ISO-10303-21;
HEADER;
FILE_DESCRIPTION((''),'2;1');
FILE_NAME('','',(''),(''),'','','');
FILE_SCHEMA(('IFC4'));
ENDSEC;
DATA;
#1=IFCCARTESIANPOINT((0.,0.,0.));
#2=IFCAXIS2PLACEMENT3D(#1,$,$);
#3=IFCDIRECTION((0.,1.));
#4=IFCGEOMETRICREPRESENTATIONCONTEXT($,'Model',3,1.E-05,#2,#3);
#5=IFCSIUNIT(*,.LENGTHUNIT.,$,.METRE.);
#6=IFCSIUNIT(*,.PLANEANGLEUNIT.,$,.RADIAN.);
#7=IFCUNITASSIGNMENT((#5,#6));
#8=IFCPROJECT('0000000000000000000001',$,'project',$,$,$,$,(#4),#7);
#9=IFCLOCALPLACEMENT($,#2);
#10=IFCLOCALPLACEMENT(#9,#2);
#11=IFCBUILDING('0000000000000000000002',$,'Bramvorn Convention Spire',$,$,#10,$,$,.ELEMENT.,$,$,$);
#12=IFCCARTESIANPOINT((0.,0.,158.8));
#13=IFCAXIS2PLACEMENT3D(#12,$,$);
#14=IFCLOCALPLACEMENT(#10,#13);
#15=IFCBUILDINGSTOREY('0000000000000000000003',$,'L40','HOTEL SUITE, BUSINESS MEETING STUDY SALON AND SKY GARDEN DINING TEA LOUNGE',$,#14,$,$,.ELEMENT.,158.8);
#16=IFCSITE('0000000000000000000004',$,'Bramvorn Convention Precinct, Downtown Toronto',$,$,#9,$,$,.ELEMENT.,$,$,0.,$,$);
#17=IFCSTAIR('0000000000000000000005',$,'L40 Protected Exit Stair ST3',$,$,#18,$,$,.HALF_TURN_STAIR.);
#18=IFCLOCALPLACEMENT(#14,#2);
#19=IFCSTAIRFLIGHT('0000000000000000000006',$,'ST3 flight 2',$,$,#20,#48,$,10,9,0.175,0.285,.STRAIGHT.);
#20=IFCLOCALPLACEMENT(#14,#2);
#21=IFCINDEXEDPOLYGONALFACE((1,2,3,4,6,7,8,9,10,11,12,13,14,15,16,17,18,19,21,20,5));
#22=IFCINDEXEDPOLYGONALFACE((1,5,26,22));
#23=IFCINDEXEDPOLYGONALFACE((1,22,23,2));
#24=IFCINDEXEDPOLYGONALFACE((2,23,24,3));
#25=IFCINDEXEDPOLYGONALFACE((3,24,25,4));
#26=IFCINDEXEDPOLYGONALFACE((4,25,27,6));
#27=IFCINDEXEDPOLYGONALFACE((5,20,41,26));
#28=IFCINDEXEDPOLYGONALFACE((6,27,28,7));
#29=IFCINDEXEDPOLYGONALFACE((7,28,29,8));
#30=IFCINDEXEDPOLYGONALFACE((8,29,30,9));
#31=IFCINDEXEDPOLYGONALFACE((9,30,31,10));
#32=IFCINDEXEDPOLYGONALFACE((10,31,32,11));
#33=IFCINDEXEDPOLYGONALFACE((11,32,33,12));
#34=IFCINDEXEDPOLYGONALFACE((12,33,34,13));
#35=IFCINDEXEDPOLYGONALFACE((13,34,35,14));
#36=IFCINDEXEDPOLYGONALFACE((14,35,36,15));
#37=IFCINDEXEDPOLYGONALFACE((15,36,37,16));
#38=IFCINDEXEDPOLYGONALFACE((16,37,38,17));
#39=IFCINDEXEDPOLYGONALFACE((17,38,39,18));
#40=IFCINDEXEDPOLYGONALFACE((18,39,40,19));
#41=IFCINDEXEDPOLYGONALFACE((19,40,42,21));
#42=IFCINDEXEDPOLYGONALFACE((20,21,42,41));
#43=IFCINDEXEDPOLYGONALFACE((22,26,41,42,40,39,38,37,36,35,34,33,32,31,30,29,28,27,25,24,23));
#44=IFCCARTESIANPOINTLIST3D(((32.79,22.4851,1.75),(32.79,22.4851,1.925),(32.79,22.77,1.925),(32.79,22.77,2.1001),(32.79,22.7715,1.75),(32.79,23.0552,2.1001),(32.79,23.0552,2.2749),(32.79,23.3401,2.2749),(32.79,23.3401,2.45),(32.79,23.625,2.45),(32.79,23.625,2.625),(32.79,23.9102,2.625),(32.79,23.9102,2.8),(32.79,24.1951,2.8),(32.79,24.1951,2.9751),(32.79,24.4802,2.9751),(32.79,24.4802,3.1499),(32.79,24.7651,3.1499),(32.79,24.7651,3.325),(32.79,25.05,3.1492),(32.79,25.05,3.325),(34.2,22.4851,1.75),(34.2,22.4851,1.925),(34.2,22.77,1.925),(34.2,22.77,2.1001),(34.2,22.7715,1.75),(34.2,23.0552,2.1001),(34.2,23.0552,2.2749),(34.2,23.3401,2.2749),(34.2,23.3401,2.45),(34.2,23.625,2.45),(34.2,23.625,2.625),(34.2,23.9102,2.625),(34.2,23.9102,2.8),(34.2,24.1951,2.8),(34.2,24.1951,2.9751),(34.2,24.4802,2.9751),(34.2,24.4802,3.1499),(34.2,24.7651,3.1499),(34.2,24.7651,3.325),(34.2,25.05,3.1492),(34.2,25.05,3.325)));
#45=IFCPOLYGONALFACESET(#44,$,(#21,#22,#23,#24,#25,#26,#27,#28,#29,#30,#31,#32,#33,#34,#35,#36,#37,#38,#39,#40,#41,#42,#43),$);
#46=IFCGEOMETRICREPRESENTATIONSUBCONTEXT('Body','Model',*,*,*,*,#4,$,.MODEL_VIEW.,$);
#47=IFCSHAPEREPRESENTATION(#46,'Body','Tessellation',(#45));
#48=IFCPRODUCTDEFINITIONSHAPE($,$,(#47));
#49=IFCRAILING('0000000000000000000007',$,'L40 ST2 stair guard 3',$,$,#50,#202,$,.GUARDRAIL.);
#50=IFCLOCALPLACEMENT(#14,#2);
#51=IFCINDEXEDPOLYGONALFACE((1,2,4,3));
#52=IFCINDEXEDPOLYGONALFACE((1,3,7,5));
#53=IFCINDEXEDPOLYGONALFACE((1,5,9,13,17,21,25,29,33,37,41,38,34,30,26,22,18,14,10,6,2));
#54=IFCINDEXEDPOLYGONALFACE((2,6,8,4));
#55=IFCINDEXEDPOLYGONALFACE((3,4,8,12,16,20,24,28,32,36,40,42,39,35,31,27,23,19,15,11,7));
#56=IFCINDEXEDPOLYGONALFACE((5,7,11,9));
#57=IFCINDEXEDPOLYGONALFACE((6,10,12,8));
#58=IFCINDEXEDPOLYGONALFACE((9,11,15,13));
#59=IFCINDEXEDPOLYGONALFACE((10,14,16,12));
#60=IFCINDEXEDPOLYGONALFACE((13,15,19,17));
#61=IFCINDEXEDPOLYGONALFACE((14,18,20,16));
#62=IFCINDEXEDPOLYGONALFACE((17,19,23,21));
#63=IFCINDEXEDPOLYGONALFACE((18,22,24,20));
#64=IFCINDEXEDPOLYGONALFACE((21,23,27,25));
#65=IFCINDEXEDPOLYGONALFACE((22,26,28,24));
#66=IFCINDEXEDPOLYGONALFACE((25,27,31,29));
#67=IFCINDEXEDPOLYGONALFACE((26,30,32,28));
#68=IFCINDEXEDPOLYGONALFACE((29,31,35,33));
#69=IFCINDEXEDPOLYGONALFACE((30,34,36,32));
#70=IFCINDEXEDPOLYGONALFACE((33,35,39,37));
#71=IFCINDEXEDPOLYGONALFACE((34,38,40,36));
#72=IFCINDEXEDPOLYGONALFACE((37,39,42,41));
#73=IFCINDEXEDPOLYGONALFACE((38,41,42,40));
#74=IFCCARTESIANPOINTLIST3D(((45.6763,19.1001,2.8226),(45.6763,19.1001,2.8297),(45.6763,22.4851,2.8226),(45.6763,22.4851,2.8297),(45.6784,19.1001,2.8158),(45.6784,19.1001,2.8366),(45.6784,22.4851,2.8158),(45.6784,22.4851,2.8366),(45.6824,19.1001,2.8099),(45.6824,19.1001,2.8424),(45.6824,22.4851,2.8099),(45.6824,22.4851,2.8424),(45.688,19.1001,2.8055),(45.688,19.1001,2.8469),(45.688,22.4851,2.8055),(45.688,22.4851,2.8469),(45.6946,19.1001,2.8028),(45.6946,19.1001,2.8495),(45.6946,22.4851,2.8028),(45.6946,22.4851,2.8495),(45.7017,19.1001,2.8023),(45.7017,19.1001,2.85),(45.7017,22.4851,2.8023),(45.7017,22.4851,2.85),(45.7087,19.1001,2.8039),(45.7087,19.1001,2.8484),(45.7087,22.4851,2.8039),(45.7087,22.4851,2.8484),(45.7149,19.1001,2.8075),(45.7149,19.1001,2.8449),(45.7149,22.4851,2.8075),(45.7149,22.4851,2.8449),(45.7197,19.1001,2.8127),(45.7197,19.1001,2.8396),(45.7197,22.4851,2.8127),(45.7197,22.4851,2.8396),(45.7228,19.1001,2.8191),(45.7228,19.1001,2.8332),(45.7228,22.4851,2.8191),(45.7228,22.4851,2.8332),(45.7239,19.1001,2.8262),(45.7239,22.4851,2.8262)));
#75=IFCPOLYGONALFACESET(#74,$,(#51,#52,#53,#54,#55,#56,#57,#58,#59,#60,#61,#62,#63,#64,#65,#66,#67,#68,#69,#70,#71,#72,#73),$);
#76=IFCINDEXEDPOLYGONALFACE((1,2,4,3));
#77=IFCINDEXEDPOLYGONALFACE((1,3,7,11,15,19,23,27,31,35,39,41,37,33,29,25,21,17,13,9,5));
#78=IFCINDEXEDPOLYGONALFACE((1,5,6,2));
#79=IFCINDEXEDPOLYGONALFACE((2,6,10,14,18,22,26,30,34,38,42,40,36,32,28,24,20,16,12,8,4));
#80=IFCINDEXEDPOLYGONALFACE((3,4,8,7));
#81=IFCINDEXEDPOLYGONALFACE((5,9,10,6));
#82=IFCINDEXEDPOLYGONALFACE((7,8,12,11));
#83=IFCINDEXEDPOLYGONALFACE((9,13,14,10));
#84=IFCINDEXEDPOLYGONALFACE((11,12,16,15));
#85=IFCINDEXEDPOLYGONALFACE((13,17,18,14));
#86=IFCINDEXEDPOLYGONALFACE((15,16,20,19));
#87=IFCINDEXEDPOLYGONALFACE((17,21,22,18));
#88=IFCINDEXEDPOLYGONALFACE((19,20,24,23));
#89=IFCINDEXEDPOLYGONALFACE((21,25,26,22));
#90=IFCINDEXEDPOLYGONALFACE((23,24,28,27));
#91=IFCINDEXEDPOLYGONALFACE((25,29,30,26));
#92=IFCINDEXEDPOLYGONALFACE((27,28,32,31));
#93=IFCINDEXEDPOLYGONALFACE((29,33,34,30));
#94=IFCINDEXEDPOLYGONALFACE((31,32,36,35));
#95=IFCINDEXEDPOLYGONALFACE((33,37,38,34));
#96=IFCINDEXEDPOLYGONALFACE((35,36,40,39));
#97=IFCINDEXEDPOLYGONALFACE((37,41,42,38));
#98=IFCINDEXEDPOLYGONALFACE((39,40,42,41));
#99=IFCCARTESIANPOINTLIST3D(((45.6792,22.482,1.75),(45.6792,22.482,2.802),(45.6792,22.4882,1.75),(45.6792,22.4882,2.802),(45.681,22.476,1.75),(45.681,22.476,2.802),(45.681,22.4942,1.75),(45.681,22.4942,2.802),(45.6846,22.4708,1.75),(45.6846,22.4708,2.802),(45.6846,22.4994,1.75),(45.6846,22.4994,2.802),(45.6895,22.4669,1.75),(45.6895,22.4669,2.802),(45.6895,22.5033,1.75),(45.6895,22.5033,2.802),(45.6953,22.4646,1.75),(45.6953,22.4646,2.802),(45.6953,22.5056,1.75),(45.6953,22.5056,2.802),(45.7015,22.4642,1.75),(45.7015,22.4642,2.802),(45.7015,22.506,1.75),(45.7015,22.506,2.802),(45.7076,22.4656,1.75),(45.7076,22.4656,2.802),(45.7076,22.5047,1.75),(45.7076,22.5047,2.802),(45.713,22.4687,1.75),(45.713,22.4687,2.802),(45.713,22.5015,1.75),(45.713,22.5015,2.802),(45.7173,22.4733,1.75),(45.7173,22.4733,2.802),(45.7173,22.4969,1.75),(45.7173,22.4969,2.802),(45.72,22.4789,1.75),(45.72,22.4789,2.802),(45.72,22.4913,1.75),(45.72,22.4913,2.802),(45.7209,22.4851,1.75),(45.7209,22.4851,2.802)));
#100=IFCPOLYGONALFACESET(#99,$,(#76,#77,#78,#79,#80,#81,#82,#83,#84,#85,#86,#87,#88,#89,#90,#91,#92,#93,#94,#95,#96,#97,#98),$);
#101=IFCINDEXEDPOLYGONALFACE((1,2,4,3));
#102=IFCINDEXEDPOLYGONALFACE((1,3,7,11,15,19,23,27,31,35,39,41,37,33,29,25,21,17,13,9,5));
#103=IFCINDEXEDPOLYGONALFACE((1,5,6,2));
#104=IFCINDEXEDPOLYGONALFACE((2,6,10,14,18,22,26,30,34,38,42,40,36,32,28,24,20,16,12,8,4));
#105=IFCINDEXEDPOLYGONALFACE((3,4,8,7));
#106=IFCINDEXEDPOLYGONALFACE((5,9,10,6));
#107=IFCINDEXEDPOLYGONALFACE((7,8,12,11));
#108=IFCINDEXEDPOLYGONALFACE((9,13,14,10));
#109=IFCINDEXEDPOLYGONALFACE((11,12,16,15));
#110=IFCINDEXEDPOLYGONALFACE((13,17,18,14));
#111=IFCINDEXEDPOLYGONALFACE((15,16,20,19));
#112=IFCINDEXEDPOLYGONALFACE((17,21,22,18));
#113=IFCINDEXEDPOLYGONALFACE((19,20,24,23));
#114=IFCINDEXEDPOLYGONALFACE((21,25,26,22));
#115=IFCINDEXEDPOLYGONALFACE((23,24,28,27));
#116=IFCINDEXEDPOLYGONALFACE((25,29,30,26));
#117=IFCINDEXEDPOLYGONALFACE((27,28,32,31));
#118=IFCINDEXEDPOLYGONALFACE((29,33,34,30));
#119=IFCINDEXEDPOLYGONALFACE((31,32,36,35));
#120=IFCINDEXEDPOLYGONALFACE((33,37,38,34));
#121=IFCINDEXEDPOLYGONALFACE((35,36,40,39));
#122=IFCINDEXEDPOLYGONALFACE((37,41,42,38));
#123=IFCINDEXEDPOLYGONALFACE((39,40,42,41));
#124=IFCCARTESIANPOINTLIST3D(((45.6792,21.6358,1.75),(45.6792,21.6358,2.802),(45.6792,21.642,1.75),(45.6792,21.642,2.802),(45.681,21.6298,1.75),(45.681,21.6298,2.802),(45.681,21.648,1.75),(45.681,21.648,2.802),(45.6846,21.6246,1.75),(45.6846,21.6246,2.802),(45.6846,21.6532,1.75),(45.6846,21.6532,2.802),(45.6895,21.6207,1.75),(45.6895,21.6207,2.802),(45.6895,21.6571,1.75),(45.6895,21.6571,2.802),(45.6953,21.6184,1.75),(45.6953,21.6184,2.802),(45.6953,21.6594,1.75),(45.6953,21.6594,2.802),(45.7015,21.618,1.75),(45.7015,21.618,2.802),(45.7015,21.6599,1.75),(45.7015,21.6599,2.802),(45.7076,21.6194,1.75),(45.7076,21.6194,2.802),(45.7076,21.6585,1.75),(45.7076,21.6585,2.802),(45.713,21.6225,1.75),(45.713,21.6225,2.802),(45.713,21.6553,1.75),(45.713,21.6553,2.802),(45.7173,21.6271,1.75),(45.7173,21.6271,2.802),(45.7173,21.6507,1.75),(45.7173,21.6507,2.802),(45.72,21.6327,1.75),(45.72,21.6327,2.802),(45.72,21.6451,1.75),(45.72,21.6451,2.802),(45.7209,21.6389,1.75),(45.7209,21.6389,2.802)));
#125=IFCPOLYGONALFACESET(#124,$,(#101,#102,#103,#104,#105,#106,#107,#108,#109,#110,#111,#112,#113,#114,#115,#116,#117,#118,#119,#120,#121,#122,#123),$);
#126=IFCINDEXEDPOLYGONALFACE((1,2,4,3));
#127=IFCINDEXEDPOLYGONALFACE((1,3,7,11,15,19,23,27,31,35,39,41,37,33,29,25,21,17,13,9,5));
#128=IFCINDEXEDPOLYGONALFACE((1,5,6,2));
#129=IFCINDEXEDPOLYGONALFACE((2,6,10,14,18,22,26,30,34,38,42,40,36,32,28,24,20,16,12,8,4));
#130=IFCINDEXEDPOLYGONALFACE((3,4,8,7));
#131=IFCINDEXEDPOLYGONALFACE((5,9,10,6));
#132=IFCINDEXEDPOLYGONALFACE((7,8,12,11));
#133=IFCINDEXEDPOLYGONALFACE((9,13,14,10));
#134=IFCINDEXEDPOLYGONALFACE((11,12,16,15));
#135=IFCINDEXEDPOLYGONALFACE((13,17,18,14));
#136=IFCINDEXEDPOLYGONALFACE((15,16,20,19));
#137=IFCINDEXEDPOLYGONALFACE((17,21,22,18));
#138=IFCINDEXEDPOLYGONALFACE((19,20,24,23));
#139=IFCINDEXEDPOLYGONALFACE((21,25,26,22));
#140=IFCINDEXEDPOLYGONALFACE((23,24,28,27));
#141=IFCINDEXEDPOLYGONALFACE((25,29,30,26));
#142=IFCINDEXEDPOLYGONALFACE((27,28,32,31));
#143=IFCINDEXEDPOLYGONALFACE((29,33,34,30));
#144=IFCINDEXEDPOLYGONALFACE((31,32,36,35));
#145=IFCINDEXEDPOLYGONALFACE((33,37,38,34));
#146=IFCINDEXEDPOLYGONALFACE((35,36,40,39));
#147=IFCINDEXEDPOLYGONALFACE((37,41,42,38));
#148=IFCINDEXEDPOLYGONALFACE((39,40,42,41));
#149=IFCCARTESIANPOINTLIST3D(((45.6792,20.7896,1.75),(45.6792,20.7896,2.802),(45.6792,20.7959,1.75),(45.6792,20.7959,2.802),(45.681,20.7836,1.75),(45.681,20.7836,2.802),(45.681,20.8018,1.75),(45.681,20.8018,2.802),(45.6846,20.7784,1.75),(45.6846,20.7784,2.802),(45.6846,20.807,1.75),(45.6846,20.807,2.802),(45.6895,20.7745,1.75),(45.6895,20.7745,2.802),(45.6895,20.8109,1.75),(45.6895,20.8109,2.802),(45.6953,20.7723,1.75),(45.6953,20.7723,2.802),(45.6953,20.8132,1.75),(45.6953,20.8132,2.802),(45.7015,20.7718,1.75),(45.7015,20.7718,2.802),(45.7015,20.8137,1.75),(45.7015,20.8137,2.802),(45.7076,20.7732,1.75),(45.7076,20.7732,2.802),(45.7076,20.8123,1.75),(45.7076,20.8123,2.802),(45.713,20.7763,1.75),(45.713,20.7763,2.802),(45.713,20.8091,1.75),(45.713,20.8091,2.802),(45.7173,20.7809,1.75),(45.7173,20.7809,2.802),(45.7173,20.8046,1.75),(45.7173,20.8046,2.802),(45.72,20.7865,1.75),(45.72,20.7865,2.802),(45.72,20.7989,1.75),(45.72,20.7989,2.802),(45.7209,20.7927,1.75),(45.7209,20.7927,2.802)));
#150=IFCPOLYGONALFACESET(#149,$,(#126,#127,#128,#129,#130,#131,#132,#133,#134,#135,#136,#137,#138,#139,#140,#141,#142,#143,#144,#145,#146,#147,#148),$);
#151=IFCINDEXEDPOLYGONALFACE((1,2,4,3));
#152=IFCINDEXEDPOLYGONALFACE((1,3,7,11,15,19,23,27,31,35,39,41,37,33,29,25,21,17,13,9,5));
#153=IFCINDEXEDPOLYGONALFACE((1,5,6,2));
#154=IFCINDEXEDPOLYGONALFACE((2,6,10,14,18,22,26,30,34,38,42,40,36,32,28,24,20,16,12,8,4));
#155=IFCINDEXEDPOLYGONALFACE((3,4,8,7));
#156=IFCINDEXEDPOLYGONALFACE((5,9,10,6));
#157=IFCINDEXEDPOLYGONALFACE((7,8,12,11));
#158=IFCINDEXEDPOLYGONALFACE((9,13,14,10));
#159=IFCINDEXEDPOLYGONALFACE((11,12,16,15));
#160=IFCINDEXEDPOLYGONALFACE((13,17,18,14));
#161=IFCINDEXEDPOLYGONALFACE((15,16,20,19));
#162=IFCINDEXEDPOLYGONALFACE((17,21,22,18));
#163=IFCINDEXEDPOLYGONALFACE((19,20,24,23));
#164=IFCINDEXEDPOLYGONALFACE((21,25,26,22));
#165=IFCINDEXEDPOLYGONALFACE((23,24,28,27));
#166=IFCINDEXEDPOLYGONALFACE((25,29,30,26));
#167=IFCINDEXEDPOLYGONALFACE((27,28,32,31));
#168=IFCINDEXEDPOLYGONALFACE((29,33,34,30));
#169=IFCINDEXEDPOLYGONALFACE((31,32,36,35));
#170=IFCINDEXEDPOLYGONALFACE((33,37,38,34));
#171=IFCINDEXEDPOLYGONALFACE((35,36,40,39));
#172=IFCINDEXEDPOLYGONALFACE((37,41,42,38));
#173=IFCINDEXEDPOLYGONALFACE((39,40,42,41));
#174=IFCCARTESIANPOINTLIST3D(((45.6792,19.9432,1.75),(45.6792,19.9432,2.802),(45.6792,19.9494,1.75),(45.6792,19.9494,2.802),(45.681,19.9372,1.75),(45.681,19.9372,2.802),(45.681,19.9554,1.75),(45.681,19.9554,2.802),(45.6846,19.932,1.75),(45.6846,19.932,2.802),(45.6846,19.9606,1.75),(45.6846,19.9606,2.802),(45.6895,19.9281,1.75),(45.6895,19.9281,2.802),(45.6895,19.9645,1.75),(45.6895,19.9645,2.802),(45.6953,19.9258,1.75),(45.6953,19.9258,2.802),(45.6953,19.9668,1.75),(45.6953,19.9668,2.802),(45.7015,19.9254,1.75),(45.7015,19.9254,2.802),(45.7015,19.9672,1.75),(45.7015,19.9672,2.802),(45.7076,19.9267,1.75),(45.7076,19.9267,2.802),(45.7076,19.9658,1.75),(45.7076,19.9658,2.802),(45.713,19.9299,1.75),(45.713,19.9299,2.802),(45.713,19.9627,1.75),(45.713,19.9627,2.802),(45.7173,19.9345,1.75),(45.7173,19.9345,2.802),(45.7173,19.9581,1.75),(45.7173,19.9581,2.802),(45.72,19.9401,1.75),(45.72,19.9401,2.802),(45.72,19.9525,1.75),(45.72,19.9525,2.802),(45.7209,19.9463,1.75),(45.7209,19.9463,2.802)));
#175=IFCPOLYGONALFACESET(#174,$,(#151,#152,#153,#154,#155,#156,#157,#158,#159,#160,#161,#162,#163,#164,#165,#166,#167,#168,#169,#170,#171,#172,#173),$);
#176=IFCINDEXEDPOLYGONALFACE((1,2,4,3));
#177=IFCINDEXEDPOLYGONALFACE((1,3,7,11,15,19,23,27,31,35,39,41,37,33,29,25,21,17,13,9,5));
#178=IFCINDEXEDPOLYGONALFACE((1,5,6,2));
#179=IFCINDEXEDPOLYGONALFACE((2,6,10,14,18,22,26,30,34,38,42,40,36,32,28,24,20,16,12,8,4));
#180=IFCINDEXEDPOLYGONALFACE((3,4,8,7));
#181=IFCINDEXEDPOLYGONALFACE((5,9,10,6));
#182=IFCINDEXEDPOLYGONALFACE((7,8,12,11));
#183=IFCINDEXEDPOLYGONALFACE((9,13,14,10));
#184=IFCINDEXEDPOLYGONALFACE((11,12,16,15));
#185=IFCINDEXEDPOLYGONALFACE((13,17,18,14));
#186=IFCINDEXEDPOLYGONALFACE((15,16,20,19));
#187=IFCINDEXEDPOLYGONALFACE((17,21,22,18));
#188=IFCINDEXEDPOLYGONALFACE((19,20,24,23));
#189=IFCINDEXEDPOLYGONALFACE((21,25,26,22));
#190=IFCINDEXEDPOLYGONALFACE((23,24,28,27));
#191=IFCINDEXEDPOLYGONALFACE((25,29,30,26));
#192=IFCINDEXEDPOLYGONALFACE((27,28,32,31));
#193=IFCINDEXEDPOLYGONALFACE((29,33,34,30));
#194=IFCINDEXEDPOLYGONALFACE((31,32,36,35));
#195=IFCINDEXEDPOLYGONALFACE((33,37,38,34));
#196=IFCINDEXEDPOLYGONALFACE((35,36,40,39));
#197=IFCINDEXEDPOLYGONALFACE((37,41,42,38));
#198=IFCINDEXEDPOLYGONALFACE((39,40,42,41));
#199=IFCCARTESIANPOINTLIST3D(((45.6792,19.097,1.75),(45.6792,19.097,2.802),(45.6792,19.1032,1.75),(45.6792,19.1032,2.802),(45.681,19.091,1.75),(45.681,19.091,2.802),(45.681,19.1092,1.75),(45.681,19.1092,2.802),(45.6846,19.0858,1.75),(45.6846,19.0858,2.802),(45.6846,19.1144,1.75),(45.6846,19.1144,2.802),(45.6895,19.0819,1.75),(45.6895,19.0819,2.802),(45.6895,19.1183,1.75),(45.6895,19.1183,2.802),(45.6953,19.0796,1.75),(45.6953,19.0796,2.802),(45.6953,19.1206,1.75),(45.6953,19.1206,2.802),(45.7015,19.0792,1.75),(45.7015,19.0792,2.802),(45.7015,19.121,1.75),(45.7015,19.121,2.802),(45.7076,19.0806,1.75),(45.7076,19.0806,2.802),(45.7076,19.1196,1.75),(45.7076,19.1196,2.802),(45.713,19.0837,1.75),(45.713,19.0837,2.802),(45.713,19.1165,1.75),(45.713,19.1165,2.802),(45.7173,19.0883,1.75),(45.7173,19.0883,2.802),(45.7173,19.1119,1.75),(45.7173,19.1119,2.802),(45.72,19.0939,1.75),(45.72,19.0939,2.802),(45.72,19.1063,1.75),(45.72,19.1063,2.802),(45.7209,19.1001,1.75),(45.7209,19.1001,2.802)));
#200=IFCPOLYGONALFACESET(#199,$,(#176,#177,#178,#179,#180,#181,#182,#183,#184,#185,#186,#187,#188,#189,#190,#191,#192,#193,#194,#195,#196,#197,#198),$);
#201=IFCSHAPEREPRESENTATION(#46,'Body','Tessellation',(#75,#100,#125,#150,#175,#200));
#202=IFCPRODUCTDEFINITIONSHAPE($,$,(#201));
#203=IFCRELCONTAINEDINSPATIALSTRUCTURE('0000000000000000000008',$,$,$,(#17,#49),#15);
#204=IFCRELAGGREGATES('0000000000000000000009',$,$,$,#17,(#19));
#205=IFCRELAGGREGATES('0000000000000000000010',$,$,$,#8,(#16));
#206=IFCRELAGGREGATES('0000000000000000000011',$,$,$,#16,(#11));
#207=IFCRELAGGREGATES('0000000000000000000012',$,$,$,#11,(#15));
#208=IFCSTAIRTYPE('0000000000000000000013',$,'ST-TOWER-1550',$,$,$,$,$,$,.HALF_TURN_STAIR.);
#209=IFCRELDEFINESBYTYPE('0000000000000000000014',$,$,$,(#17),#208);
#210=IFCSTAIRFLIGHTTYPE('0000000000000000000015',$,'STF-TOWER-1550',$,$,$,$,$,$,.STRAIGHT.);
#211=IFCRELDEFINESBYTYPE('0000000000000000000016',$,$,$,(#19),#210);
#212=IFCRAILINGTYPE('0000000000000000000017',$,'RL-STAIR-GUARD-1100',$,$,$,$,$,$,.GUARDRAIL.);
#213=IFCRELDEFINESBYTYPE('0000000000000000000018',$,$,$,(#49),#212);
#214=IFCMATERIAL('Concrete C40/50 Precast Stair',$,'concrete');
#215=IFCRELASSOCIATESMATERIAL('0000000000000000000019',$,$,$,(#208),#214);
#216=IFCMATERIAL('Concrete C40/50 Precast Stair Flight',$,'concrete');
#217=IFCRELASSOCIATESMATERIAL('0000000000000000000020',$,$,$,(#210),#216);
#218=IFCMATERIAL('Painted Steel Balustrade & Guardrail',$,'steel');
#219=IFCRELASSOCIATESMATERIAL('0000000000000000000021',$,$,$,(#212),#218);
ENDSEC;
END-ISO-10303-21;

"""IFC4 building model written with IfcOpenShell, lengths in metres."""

from ifc_helpers import new_model, si_unit, direction, frame, origin, origin_2d, place, context, subcontext, project, spatial, polyline, circle, outline, extrude, material, type_object, element, aggregate, save


model = new_model("IFC4")

# Units and contexts
model_context = context("Model", 3, precision=1e-05, world=origin(), true_north=direction((0.0, 1.0)))
body_context = subcontext(model_context, "Body", "Model", "MODEL_VIEW")
ifc_project = project(units=[si_unit("LENGTHUNIT", "METRE"), si_unit("PLANEANGLEUNIT", "RADIAN")], contexts=[model_context])

# Site, building, storey
site_placement = place(None, origin())
site = spatial("IfcSite", under=ifc_project, at=site_placement, Name="Bramvorn Convention Precinct, Downtown Toronto", CompositionType="ELEMENT", RefElevation=0.0)
building_placement = place(site_placement, origin())
building = spatial("IfcBuilding", under=site, at=building_placement, Name="Bramvorn Convention Spire", CompositionType="ELEMENT")
storey_placement = place(building_placement, frame((0.0, 0.0, 158.8)))
storey = spatial("IfcBuildingStorey", under=building, at=storey_placement, Name="L40", Description="HOTEL SUITE, BUSINESS MEETING STUDY SALON AND SKY GARDEN DINING TEA LOUNGE", CompositionType="ELEMENT", Elevation=158.8)

# Stair, stair flight
ifc_material_1 = material(Name="Concrete C40/50 Precast Stair", Category="concrete")
stair_type = type_object("IfcStairType", Name="ST-TOWER-1550", PredefinedType="HALF_TURN_STAIR", material=ifc_material_1)
stair_placement = place(storey_placement, origin())
stair = element("IfcStair", 1, at=stair_placement, inside=storey, type_object=stair_type, Name="L40 Protected Exit Stair ST3", PredefinedType="HALF_TURN_STAIR")
ifc_material_2 = material(Name="Concrete C40/50 Precast Stair Flight", Category="concrete")
stair_flight_type = type_object("IfcStairFlightType", Name="STF-TOWER-1550", PredefinedType="STRAIGHT", material=ifc_material_2)
stair_flight_placement = place(storey_placement, frame((33.4951, 22.4851, 1.75), z_axis=(0.0, 0.0, 1.0), x_axis=(0.0, 1.0, 0.0)))
stair_flight = element("IfcStairFlight", 2, at=stair_flight_placement, type_object=stair_flight_type, Name="ST3 flight 2", NumberOfRisers=10, NumberOfTreads=9, PredefinedType="STRAIGHT", RiserHeight=0.175, TreadLength=0.285, context=body_context, shape_type="SweptSolid", body=[
    extrude(outline(polyline([(0.0, 0.0), (0.0, 0.175), (0.2849, 0.175), (0.2849, 0.3501), (0.5701, 0.3501), (0.5701, 0.5249), (0.855, 0.5249), (0.855, 0.7), (1.1399, 0.7), (1.1399, 0.875), (1.425, 0.875), (1.425, 1.05), (1.71, 1.05), (1.71, 1.2251), (1.9951, 1.2251), (1.9951, 1.3999), (2.28, 1.3999), (2.28, 1.575), (2.5649, 1.575), (2.5649, 1.75), (2.5649, 1.3992), (0.2864, 0.0), (0.0, 0.0)])), frame((0.0, 0.7051, 0.0), z_axis=(0.0, -1.0, 0.0), x_axis=(1.0, 0.0, 0.0)), (0.0, 0.0, 1.0), 1.4099),
])
aggregate(stair, [stair_flight])

# Railing
ifc_material_3 = material(Name="Painted Steel Balustrade & Guardrail", Category="steel")
railing_type_1 = type_object("IfcRailingType", Name="RL-STAIR-GUARD-1100", PredefinedType="GUARDRAIL", material=ifc_material_3)
railing_1_placement = place(storey_placement, frame((45.7, 22.4851, 1.75)))
element("IfcRailing", 3, at=railing_1_placement, inside=storey, type_object=railing_type_1, Name="L40 ST2 stair guard 3", PredefinedType="GUARDRAIL", context=body_context, shape_type="SweptSolid", body=[
    extrude(circle(Radius=0.0239, at=origin_2d()), frame((0.0, 0.0, 1.0762), z_axis=(0.0, -1.0, 0.0), x_axis=(1.0, 0.0, 0.0)), (0.0, 0.0, 1.0), 3.385),
    extrude(circle(Radius=0.021, at=origin_2d()), origin(), (0.0, 0.0, 1.0), 1.052),
    extrude(circle(Radius=0.021, at=origin_2d()), frame((0.0, -0.8462, 0.0)), (0.0, 0.0, 1.0), 1.052),
    extrude(circle(Radius=0.021, at=origin_2d()), frame((0.0, -1.6924, 0.0)), (0.0, 0.0, 1.0), 1.052),
    extrude(circle(Radius=0.021, at=origin_2d()), frame((0.0, -2.5388, 0.0)), (0.0, 0.0, 1.0), 1.052),
    extrude(circle(Radius=0.021, at=origin_2d()), frame((0.0, -3.385, 0.0)), (0.0, 0.0, 1.0), 1.052),
])

save(model, "model.ifc")
